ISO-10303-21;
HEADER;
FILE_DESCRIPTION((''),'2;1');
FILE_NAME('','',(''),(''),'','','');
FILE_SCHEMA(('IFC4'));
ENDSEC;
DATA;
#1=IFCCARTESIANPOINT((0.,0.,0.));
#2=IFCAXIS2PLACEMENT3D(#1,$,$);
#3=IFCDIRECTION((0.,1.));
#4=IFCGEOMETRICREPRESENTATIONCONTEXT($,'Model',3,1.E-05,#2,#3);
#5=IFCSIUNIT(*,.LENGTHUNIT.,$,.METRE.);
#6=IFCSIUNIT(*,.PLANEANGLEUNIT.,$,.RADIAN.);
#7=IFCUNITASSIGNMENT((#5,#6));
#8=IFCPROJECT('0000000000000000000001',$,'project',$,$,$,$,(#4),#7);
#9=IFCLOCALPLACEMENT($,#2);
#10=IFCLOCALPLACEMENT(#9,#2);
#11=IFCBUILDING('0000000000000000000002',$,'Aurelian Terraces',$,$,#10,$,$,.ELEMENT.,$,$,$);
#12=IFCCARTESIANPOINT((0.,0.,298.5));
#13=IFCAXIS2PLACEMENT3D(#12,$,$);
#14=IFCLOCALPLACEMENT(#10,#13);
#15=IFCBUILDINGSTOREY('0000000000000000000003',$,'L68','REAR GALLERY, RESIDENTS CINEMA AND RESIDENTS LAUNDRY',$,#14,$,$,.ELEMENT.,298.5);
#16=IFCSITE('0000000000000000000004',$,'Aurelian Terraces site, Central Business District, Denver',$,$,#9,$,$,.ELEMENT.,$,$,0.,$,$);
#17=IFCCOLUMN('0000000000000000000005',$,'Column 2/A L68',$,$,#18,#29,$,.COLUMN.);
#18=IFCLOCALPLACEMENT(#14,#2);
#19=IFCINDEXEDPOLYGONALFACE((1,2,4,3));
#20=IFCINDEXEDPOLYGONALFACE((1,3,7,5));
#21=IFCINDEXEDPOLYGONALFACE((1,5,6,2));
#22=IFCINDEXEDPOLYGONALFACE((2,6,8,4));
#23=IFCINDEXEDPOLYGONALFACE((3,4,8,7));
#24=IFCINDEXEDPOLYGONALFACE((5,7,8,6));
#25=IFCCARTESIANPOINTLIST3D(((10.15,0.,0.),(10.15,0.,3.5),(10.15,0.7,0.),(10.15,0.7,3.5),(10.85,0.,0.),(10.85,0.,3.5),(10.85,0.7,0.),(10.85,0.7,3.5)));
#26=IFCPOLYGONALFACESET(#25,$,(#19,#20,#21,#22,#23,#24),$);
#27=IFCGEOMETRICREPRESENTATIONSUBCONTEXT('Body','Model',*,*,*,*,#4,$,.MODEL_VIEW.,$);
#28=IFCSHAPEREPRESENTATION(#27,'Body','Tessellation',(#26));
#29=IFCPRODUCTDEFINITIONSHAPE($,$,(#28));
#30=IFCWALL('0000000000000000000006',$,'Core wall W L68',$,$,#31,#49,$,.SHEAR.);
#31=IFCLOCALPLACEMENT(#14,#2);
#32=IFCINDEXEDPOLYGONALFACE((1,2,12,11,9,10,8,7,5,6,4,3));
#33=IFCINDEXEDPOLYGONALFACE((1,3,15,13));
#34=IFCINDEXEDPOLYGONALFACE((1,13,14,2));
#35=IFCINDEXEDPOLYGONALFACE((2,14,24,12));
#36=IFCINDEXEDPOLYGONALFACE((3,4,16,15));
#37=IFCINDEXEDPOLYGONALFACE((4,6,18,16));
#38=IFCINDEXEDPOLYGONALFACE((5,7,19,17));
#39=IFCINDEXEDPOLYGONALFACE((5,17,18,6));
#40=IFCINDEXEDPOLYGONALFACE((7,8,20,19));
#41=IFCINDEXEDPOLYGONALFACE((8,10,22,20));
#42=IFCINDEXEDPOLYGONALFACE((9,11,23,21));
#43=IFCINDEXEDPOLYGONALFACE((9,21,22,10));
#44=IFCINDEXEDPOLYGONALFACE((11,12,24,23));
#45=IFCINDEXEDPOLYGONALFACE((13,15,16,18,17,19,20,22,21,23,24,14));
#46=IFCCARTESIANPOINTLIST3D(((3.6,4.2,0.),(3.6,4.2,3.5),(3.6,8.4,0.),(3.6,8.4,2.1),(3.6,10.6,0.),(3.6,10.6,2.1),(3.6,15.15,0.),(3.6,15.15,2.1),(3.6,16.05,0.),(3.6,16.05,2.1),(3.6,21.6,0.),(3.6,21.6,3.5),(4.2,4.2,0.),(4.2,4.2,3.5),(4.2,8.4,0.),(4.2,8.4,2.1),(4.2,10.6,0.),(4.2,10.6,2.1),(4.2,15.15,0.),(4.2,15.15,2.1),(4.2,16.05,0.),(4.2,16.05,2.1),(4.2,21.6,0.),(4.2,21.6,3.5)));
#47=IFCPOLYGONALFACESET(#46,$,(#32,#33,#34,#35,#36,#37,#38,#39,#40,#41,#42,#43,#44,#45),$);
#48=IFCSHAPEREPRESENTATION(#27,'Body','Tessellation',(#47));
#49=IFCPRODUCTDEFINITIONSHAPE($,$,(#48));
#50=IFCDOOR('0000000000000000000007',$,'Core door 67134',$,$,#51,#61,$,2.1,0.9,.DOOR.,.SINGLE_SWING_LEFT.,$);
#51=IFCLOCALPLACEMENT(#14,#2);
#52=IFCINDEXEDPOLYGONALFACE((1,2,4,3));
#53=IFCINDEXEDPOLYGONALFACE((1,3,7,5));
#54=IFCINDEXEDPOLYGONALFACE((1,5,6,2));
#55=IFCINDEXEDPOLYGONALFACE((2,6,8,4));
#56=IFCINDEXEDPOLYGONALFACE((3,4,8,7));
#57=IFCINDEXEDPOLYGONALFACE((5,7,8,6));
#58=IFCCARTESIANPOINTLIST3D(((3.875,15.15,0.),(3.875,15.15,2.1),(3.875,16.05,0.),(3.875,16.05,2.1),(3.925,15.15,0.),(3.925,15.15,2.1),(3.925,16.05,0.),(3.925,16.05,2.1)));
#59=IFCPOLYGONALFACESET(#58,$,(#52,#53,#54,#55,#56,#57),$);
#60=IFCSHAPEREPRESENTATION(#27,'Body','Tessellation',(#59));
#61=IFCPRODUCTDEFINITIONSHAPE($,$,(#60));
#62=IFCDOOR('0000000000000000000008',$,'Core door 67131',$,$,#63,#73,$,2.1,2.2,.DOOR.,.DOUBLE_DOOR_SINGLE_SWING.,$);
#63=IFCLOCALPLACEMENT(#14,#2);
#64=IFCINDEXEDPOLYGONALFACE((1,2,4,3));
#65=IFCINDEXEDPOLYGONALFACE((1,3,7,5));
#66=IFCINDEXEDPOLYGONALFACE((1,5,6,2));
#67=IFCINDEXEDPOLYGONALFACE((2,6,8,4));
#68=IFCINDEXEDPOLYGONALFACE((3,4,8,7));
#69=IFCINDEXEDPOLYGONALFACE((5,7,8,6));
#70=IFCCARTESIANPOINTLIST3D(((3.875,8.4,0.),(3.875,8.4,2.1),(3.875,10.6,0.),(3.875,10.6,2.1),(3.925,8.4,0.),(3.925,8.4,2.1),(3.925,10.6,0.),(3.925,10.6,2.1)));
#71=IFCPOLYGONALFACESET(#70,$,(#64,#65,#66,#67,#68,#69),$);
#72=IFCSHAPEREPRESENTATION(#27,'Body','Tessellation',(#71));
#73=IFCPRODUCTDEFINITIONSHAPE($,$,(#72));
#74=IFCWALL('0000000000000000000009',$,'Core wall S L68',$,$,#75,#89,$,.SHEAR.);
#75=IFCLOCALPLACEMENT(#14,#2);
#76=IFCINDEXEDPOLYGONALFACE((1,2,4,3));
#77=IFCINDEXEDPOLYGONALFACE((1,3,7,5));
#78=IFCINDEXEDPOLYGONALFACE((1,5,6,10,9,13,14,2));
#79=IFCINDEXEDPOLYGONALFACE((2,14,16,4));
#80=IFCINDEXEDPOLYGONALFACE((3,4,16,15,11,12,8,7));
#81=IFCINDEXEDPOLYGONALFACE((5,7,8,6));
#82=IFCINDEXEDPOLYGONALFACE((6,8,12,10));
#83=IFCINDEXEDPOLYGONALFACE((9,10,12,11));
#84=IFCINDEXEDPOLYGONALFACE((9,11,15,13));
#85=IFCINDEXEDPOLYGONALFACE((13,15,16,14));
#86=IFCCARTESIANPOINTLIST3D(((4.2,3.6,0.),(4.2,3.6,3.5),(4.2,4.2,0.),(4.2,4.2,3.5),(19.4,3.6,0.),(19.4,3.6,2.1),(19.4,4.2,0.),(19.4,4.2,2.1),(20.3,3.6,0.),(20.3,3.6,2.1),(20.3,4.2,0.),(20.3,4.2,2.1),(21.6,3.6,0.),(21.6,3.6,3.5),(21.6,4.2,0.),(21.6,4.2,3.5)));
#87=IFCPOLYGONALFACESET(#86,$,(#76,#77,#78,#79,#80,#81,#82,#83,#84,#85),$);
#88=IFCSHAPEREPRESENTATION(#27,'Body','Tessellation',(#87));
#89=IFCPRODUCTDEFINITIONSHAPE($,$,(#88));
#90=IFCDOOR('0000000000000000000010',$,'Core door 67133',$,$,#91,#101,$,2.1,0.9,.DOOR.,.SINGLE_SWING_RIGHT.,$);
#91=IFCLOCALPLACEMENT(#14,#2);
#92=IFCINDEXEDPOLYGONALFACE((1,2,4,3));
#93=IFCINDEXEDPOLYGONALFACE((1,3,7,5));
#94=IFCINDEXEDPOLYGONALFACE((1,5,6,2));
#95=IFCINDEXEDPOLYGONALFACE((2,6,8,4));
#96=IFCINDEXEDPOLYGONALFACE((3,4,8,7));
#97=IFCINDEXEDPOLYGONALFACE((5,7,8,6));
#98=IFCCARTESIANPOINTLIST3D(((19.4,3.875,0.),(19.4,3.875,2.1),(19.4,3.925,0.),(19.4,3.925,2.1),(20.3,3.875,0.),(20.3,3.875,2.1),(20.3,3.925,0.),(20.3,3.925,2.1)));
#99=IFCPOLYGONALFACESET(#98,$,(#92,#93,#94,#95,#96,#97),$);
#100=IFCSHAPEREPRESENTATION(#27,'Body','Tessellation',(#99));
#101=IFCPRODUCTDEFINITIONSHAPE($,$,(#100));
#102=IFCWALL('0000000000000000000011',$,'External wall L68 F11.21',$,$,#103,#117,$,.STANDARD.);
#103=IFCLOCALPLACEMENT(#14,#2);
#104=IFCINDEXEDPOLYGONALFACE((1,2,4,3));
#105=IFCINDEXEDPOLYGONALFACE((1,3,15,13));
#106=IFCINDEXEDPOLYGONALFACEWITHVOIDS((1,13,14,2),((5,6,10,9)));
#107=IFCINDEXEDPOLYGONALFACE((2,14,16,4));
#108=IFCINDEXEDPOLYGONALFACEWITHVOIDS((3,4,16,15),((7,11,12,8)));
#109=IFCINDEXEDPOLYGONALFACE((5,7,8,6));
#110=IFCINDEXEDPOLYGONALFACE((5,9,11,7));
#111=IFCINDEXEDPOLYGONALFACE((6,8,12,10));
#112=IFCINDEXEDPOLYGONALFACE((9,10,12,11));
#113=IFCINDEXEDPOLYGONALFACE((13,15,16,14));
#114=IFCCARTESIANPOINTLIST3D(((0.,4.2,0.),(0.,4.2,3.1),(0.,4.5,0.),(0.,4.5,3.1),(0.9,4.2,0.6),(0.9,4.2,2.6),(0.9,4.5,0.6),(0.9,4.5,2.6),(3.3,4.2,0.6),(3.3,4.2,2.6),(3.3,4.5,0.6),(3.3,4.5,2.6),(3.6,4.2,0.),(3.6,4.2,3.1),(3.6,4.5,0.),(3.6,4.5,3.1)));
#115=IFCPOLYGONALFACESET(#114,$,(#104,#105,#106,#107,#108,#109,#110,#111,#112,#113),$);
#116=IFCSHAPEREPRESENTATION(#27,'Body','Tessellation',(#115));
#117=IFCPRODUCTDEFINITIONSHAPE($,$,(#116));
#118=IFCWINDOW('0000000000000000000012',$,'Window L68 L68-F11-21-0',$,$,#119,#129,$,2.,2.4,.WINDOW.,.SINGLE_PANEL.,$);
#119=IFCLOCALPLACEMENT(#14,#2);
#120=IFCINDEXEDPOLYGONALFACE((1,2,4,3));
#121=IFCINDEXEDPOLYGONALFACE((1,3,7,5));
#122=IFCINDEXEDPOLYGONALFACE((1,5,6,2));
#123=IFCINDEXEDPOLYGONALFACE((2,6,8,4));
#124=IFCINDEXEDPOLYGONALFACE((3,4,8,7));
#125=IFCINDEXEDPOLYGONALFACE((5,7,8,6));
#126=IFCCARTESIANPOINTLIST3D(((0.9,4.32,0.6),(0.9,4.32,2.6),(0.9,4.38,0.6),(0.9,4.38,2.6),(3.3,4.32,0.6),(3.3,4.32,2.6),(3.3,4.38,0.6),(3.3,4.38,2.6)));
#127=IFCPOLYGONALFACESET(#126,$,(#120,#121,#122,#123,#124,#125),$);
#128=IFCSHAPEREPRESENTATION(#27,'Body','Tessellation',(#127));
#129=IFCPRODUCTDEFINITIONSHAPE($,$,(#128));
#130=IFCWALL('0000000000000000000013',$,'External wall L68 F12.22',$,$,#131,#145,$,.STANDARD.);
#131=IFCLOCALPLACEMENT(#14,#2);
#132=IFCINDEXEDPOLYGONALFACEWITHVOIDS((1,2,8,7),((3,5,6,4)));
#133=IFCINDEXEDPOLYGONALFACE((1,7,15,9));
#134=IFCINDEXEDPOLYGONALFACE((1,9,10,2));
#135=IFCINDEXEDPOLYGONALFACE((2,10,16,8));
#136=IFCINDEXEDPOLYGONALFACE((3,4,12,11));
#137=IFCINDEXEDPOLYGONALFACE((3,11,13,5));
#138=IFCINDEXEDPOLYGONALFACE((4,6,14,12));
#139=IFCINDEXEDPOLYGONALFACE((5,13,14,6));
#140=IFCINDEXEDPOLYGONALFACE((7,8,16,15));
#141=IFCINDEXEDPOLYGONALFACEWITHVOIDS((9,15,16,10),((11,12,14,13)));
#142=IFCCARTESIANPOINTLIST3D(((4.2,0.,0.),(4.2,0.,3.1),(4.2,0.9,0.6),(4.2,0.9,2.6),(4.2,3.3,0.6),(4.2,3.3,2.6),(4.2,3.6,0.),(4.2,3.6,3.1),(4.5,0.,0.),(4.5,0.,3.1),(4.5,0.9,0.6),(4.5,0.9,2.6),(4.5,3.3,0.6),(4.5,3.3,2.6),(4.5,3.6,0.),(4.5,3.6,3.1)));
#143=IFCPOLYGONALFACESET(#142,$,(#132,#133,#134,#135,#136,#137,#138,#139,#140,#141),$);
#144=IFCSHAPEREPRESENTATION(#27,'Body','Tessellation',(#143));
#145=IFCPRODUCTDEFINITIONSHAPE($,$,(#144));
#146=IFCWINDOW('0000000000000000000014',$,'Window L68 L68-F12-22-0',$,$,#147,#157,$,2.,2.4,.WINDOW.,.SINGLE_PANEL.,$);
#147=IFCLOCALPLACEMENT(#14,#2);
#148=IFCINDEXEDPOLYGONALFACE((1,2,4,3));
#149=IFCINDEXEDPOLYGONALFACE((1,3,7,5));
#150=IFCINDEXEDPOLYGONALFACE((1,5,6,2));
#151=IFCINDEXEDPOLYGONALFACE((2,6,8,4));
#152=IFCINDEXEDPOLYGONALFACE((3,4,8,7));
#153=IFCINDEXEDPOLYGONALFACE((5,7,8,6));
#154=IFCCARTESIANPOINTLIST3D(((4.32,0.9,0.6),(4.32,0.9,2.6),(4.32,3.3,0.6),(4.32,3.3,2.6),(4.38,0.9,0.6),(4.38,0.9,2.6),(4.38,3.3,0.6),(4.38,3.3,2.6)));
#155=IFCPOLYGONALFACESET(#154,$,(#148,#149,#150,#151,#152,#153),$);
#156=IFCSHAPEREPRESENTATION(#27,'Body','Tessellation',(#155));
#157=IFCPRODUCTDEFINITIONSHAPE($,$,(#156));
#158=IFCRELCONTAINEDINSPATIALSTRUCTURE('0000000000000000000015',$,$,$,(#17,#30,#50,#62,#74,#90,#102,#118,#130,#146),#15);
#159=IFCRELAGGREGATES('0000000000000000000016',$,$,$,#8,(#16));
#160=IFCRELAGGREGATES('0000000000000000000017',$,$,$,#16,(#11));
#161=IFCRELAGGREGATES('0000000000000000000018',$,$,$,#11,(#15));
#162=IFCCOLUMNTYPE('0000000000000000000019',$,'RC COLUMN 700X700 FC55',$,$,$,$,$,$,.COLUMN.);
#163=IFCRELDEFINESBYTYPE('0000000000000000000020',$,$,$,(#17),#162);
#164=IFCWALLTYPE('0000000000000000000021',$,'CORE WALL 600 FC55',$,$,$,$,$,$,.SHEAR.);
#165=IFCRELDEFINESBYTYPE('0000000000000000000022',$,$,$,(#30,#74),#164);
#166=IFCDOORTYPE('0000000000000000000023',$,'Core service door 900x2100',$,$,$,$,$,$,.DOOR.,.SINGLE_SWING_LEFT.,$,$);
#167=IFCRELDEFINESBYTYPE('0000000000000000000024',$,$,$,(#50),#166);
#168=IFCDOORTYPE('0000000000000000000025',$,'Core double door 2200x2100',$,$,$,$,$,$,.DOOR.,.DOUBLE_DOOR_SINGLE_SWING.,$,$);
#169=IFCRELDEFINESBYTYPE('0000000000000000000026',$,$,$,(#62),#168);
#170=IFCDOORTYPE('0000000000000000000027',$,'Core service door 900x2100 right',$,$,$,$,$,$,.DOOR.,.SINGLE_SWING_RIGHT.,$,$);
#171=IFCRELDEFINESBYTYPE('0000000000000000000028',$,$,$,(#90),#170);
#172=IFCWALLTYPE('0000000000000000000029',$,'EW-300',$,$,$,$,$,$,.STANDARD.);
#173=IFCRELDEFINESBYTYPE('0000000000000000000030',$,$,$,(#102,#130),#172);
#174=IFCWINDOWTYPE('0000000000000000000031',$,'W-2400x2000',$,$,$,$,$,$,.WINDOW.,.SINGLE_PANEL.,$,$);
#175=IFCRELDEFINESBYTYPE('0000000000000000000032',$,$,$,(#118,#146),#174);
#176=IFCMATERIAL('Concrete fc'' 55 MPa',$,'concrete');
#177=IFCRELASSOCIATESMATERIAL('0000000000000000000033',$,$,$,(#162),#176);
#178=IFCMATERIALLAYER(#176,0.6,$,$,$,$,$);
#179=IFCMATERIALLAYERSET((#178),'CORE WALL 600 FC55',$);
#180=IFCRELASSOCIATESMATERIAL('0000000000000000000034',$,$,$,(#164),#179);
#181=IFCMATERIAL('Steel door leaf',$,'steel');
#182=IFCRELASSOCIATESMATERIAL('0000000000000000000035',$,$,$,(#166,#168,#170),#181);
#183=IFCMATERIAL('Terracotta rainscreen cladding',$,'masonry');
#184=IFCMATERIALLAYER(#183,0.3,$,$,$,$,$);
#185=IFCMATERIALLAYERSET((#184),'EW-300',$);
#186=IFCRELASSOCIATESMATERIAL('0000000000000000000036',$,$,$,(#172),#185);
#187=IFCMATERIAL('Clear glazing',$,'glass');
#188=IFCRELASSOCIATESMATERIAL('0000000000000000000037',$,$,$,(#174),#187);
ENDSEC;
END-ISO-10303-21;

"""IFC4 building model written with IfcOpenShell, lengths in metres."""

from ifc_helpers import new_model, si_unit, direction, frame, frame_2d, origin, origin_2d, place, context, subcontext, project, spatial, rectangle, extrude, source, transform, mapped, material, layer, layer_set, material_profile, profile_set, type_object, element, fill, save


model = new_model("IFC4")

# Units and contexts
model_context = context("Model", 3, precision=1e-05, world=origin(), true_north=direction((0.0, 1.0)))
body_context = subcontext(model_context, "Body", "Model", "MODEL_VIEW")
ifc_project = project(units=[si_unit("LENGTHUNIT", "METRE"), si_unit("PLANEANGLEUNIT", "RADIAN")], contexts=[model_context])

# Site, building, storey
site_placement = place(None, origin())
site = spatial("IfcSite", under=ifc_project, at=site_placement, Name="Aurelian Terraces site, Central Business District, Denver", CompositionType="ELEMENT", RefElevation=0.0)
building_placement = place(site_placement, origin())
building = spatial("IfcBuilding", under=site, at=building_placement, Name="Aurelian Terraces", CompositionType="ELEMENT")
storey_placement = place(building_placement, frame((0.0, 0.0, 298.5)))
storey = spatial("IfcBuildingStorey", under=building, at=storey_placement, Name="L68", Description="REAR GALLERY, RESIDENTS CINEMA AND RESIDENTS LAUNDRY", CompositionType="ELEMENT", Elevation=298.5)

# Column
ifc_material_1 = material(Name="Concrete fc' 55 MPa", Category="concrete")
ifc_material_profile = material_profile(ifc_material_1, rectangle(XDim=0.7, YDim=0.7, at=origin_2d()))
ifc_profile_set = profile_set([ifc_material_profile], Name="Concrete fc' 55 MPa")
column_type = type_object("IfcColumnType", Name="RC COLUMN 700X700 FC55", PredefinedType="COLUMN", material=ifc_profile_set)
shared_shape_1 = source(origin(), body_context, "Body", "SweptSolid", [
    extrude(rectangle(XDim=0.7, YDim=0.7, at=origin_2d()), origin(), (0.0, 0.0, 1.0), 3.5),
])
column_placement = place(storey_placement, frame((10.5, 0.35, 0.0), z_axis=(0.0, 0.0, 1.0), x_axis=(1.0, 0.0, 0.0)))
element("IfcColumn", 1, at=column_placement, inside=storey, type_object=column_type, Name="Column 2/A L68", PredefinedType="COLUMN", context=body_context, shape_type="MappedRepresentation", body=[
    mapped(shared_shape_1, transform((0.0, 0.0, 0.0), scale=1.0)),
])

# Wall, openings, doors
ifc_layer_1 = layer(ifc_material_1, 0.6)
ifc_layer_set_1 = layer_set([ifc_layer_1], Name="CORE WALL 600 FC55")
wall_type_1 = type_object("IfcWallType", Name="CORE WALL 600 FC55", PredefinedType="SHEAR", material=ifc_layer_set_1)
shared_shape_2 = source(origin(), body_context, "Body", "SweptSolid", [
    extrude(rectangle(XDim=17.4, YDim=0.6, at=frame_2d((8.7, 0.0))), origin(), (0.0, 0.0, 1.0), 3.5),
])
wall_1_placement = place(storey_placement, frame((3.9, 4.2, 0.0), z_axis=(0.0, 0.0, 1.0), x_axis=(0.0, 1.0, 0.0)))
wall_1 = element("IfcWall", 2, at=wall_1_placement, inside=storey, type_object=wall_type_1, Name="Core wall W L68", PredefinedType="SHEAR", context=body_context, shape_type="MappedRepresentation", body=[
    mapped(shared_shape_2, transform((0.0, 0.0, 0.0), scale=1.0)),
])
shared_shape_3 = source(origin(), body_context, "Body", "SweptSolid", [
    extrude(rectangle(XDim=2.2, YDim=2.1, at=frame_2d((1.1, 1.05))), frame((0.0, 0.31, 0.0), z_axis=(0.0, -1.0, 0.0), x_axis=(1.0, 0.0, 0.0)), (0.0, 0.0, 1.0), 0.62),
])
opening_1_placement = place(wall_1_placement, frame((4.2, 0.0, 0.0)))
opening_1 = element("IfcOpeningElement", 3, at=opening_1_placement, cuts=wall_1, PredefinedType="OPENING", context=body_context, shape_type="MappedRepresentation", body=[
    mapped(shared_shape_3, transform((0.0, 0.0, 0.0), scale=1.0)),
])
shared_shape_4 = source(origin(), body_context, "Body", "SweptSolid", [
    extrude(rectangle(XDim=0.9, YDim=2.1, at=frame_2d((0.45, 1.05))), frame((0.0, 0.31, 0.0), z_axis=(0.0, -1.0, 0.0), x_axis=(1.0, 0.0, 0.0)), (0.0, 0.0, 1.0), 0.62),
])
opening_2_placement = place(wall_1_placement, frame((10.95, 0.0, 0.0)))
opening_2 = element("IfcOpeningElement", 4, at=opening_2_placement, cuts=wall_1, PredefinedType="OPENING", context=body_context, shape_type="MappedRepresentation", body=[
    mapped(shared_shape_4, transform((0.0, 0.0, 0.0), scale=1.0)),
])
ifc_material_2 = material(Name="Steel door leaf", Category="steel")
door_type_1 = type_object("IfcDoorType", Name="Core service door 900x2100", OperationType="SINGLE_SWING_LEFT", PredefinedType="DOOR", material=ifc_material_2)
shared_shape_5 = source(origin(), body_context, "Body", "SweptSolid", [
    extrude(rectangle(XDim=0.9, YDim=2.1, at=frame_2d((0.45, 1.05))), frame((0.0, 0.025, 0.0), z_axis=(0.0, -1.0, 0.0), x_axis=(1.0, 0.0, 0.0)), (0.0, 0.0, 1.0), 0.05),
])
door_1_placement = place(opening_2_placement, origin())
door_1 = element("IfcDoor", 5, at=door_1_placement, inside=storey, type_object=door_type_1, Name="Core door 67134", OperationType="SINGLE_SWING_LEFT", OverallHeight=2.1, OverallWidth=0.9, PredefinedType="DOOR", context=body_context, shape_type="MappedRepresentation", body=[
    mapped(shared_shape_5, transform((0.0, 0.0, 0.0), scale=1.0)),
])
fill(opening_2, door_1)
door_type_2 = type_object("IfcDoorType", Name="Core double door 2200x2100", OperationType="DOUBLE_DOOR_SINGLE_SWING", PredefinedType="DOOR", material=ifc_material_2)
shared_shape_6 = source(origin(), body_context, "Body", "SweptSolid", [
    extrude(rectangle(XDim=2.2, YDim=2.1, at=frame_2d((1.1, 1.05))), frame((0.0, 0.025, 0.0), z_axis=(0.0, -1.0, 0.0), x_axis=(1.0, 0.0, 0.0)), (0.0, 0.0, 1.0), 0.05),
])
door_2_placement = place(opening_1_placement, origin())
door_2 = element("IfcDoor", 6, at=door_2_placement, inside=storey, type_object=door_type_2, Name="Core door 67131", OperationType="DOUBLE_DOOR_SINGLE_SWING", OverallHeight=2.1, OverallWidth=2.2, PredefinedType="DOOR", context=body_context, shape_type="MappedRepresentation", body=[
    mapped(shared_shape_6, transform((0.0, 0.0, 0.0), scale=1.0)),
])
fill(opening_1, door_2)

# Wall, opening, door
wall_2_placement = place(storey_placement, frame((4.2, 3.9, 0.0), z_axis=(0.0, 0.0, 1.0), x_axis=(1.0, 0.0, 0.0)))
wall_2 = element("IfcWall", 7, at=wall_2_placement, inside=storey, type_object=wall_type_1, Name="Core wall S L68", PredefinedType="SHEAR", context=body_context, shape_type="MappedRepresentation", body=[
    mapped(shared_shape_2, transform((0.0, 0.0, 0.0), scale=1.0)),
])
opening_3_placement = place(wall_2_placement, frame((15.2, 0.0, 0.0)))
opening_3 = element("IfcOpeningElement", 8, at=opening_3_placement, cuts=wall_2, PredefinedType="OPENING", context=body_context, shape_type="MappedRepresentation", body=[
    mapped(shared_shape_4, transform((0.0, 0.0, 0.0), scale=1.0)),
])
door_type_3 = type_object("IfcDoorType", Name="Core service door 900x2100 right", OperationType="SINGLE_SWING_RIGHT", PredefinedType="DOOR", material=ifc_material_2)
door_3_placement = place(opening_3_placement, origin())
door_3 = element("IfcDoor", 9, at=door_3_placement, inside=storey, type_object=door_type_3, Name="Core door 67133", OperationType="SINGLE_SWING_RIGHT", OverallHeight=2.1, OverallWidth=0.9, PredefinedType="DOOR", context=body_context, shape_type="MappedRepresentation", body=[
    mapped(shared_shape_5, transform((0.0, 0.0, 0.0), scale=1.0)),
])
fill(opening_3, door_3)

# Walls, openings, windows
ifc_material_3 = material(Name="Terracotta rainscreen cladding", Category="masonry")
ifc_layer_2 = layer(ifc_material_3, 0.3)
ifc_layer_set_2 = layer_set([ifc_layer_2], Name="EW-300")
wall_type_2 = type_object("IfcWallType", Name="EW-300", PredefinedType="STANDARD", material=ifc_layer_set_2)
shared_shape_7 = source(origin(), body_context, "Body", "SweptSolid", [
    extrude(rectangle(XDim=3.6, YDim=0.3, at=frame_2d((1.8, 0.0))), origin(), (0.0, 0.0, 1.0), 3.1),
])
wall_3_placement = place(storey_placement, frame((0.0, 4.35, 0.0), z_axis=(0.0, 0.0, 1.0), x_axis=(1.0, 0.0, 0.0)))
wall_3 = element("IfcWall", 10, at=wall_3_placement, inside=storey, type_object=wall_type_2, Name="External wall L68 F11.21", PredefinedType="STANDARD", context=body_context, shape_type="MappedRepresentation", body=[
    mapped(shared_shape_7, transform((0.0, 0.0, 0.0), scale=1.0)),
])
shared_shape_8 = source(origin(), body_context, "Body", "SweptSolid", [
    extrude(rectangle(XDim=2.4, YDim=2.0, at=frame_2d((1.2, 1.0))), frame((0.0, 0.16, 0.0), z_axis=(0.0, -1.0, 0.0), x_axis=(1.0, 0.0, 0.0)), (0.0, 0.0, 1.0), 0.32),
])
opening_4_placement = place(wall_3_placement, frame((0.9, 0.0, 0.6)))
opening_4 = element("IfcOpeningElement", 11, at=opening_4_placement, cuts=wall_3, PredefinedType="OPENING", context=body_context, shape_type="MappedRepresentation", body=[
    mapped(shared_shape_8, transform((0.0, 0.0, 0.0), scale=1.0)),
])
ifc_material_4 = material(Name="Clear glazing", Category="glass")
window_type_1 = type_object("IfcWindowType", Name="W-2400x2000", PartitioningType="SINGLE_PANEL", PredefinedType="WINDOW", material=ifc_material_4)
shared_shape_9 = source(origin(), body_context, "Body", "SweptSolid", [
    extrude(rectangle(XDim=2.4, YDim=2.0, at=frame_2d((1.2, 1.0))), frame((0.0, 0.03, 0.0), z_axis=(0.0, -1.0, 0.0), x_axis=(1.0, 0.0, 0.0)), (0.0, 0.0, 1.0), 0.06),
])
window_1_placement = place(opening_4_placement, origin())
window_1 = element("IfcWindow", 12, at=window_1_placement, inside=storey, type_object=window_type_1, Name="Window L68 L68-F11-21-0", OverallHeight=2.0, OverallWidth=2.4, PartitioningType="SINGLE_PANEL", PredefinedType="WINDOW", context=body_context, shape_type="MappedRepresentation", body=[
    mapped(shared_shape_9, transform((0.0, 0.0, 0.0), scale=1.0)),
])
fill(opening_4, window_1)
wall_4_placement = place(storey_placement, frame((4.35, 3.6, 0.0), z_axis=(0.0, 0.0, 1.0), x_axis=(0.0, -1.0, 0.0)))
wall_4 = element("IfcWall", 13, at=wall_4_placement, inside=storey, type_object=wall_type_2, Name="External wall L68 F12.22", PredefinedType="STANDARD", context=body_context, shape_type="MappedRepresentation", body=[
    mapped(shared_shape_7, transform((0.0, 0.0, 0.0), scale=1.0)),
])
opening_5_placement = place(wall_4_placement, frame((0.3, 0.0, 0.6)))
opening_5 = element("IfcOpeningElement", 14, at=opening_5_placement, cuts=wall_4, PredefinedType="OPENING", context=body_context, shape_type="MappedRepresentation", body=[
    mapped(shared_shape_8, transform((0.0, 0.0, 0.0), scale=1.0)),
])
window_2_placement = place(opening_5_placement, origin())
window_2 = element("IfcWindow", 15, at=window_2_placement, inside=storey, type_object=window_type_1, Name="Window L68 L68-F12-22-0", OverallHeight=2.0, OverallWidth=2.4, PartitioningType="SINGLE_PANEL", PredefinedType="WINDOW", context=body_context, shape_type="MappedRepresentation", body=[
    mapped(shared_shape_9, transform((0.0, 0.0, 0.0), scale=1.0)),
])
fill(opening_5, window_2)

save(model, "model.ifc")
